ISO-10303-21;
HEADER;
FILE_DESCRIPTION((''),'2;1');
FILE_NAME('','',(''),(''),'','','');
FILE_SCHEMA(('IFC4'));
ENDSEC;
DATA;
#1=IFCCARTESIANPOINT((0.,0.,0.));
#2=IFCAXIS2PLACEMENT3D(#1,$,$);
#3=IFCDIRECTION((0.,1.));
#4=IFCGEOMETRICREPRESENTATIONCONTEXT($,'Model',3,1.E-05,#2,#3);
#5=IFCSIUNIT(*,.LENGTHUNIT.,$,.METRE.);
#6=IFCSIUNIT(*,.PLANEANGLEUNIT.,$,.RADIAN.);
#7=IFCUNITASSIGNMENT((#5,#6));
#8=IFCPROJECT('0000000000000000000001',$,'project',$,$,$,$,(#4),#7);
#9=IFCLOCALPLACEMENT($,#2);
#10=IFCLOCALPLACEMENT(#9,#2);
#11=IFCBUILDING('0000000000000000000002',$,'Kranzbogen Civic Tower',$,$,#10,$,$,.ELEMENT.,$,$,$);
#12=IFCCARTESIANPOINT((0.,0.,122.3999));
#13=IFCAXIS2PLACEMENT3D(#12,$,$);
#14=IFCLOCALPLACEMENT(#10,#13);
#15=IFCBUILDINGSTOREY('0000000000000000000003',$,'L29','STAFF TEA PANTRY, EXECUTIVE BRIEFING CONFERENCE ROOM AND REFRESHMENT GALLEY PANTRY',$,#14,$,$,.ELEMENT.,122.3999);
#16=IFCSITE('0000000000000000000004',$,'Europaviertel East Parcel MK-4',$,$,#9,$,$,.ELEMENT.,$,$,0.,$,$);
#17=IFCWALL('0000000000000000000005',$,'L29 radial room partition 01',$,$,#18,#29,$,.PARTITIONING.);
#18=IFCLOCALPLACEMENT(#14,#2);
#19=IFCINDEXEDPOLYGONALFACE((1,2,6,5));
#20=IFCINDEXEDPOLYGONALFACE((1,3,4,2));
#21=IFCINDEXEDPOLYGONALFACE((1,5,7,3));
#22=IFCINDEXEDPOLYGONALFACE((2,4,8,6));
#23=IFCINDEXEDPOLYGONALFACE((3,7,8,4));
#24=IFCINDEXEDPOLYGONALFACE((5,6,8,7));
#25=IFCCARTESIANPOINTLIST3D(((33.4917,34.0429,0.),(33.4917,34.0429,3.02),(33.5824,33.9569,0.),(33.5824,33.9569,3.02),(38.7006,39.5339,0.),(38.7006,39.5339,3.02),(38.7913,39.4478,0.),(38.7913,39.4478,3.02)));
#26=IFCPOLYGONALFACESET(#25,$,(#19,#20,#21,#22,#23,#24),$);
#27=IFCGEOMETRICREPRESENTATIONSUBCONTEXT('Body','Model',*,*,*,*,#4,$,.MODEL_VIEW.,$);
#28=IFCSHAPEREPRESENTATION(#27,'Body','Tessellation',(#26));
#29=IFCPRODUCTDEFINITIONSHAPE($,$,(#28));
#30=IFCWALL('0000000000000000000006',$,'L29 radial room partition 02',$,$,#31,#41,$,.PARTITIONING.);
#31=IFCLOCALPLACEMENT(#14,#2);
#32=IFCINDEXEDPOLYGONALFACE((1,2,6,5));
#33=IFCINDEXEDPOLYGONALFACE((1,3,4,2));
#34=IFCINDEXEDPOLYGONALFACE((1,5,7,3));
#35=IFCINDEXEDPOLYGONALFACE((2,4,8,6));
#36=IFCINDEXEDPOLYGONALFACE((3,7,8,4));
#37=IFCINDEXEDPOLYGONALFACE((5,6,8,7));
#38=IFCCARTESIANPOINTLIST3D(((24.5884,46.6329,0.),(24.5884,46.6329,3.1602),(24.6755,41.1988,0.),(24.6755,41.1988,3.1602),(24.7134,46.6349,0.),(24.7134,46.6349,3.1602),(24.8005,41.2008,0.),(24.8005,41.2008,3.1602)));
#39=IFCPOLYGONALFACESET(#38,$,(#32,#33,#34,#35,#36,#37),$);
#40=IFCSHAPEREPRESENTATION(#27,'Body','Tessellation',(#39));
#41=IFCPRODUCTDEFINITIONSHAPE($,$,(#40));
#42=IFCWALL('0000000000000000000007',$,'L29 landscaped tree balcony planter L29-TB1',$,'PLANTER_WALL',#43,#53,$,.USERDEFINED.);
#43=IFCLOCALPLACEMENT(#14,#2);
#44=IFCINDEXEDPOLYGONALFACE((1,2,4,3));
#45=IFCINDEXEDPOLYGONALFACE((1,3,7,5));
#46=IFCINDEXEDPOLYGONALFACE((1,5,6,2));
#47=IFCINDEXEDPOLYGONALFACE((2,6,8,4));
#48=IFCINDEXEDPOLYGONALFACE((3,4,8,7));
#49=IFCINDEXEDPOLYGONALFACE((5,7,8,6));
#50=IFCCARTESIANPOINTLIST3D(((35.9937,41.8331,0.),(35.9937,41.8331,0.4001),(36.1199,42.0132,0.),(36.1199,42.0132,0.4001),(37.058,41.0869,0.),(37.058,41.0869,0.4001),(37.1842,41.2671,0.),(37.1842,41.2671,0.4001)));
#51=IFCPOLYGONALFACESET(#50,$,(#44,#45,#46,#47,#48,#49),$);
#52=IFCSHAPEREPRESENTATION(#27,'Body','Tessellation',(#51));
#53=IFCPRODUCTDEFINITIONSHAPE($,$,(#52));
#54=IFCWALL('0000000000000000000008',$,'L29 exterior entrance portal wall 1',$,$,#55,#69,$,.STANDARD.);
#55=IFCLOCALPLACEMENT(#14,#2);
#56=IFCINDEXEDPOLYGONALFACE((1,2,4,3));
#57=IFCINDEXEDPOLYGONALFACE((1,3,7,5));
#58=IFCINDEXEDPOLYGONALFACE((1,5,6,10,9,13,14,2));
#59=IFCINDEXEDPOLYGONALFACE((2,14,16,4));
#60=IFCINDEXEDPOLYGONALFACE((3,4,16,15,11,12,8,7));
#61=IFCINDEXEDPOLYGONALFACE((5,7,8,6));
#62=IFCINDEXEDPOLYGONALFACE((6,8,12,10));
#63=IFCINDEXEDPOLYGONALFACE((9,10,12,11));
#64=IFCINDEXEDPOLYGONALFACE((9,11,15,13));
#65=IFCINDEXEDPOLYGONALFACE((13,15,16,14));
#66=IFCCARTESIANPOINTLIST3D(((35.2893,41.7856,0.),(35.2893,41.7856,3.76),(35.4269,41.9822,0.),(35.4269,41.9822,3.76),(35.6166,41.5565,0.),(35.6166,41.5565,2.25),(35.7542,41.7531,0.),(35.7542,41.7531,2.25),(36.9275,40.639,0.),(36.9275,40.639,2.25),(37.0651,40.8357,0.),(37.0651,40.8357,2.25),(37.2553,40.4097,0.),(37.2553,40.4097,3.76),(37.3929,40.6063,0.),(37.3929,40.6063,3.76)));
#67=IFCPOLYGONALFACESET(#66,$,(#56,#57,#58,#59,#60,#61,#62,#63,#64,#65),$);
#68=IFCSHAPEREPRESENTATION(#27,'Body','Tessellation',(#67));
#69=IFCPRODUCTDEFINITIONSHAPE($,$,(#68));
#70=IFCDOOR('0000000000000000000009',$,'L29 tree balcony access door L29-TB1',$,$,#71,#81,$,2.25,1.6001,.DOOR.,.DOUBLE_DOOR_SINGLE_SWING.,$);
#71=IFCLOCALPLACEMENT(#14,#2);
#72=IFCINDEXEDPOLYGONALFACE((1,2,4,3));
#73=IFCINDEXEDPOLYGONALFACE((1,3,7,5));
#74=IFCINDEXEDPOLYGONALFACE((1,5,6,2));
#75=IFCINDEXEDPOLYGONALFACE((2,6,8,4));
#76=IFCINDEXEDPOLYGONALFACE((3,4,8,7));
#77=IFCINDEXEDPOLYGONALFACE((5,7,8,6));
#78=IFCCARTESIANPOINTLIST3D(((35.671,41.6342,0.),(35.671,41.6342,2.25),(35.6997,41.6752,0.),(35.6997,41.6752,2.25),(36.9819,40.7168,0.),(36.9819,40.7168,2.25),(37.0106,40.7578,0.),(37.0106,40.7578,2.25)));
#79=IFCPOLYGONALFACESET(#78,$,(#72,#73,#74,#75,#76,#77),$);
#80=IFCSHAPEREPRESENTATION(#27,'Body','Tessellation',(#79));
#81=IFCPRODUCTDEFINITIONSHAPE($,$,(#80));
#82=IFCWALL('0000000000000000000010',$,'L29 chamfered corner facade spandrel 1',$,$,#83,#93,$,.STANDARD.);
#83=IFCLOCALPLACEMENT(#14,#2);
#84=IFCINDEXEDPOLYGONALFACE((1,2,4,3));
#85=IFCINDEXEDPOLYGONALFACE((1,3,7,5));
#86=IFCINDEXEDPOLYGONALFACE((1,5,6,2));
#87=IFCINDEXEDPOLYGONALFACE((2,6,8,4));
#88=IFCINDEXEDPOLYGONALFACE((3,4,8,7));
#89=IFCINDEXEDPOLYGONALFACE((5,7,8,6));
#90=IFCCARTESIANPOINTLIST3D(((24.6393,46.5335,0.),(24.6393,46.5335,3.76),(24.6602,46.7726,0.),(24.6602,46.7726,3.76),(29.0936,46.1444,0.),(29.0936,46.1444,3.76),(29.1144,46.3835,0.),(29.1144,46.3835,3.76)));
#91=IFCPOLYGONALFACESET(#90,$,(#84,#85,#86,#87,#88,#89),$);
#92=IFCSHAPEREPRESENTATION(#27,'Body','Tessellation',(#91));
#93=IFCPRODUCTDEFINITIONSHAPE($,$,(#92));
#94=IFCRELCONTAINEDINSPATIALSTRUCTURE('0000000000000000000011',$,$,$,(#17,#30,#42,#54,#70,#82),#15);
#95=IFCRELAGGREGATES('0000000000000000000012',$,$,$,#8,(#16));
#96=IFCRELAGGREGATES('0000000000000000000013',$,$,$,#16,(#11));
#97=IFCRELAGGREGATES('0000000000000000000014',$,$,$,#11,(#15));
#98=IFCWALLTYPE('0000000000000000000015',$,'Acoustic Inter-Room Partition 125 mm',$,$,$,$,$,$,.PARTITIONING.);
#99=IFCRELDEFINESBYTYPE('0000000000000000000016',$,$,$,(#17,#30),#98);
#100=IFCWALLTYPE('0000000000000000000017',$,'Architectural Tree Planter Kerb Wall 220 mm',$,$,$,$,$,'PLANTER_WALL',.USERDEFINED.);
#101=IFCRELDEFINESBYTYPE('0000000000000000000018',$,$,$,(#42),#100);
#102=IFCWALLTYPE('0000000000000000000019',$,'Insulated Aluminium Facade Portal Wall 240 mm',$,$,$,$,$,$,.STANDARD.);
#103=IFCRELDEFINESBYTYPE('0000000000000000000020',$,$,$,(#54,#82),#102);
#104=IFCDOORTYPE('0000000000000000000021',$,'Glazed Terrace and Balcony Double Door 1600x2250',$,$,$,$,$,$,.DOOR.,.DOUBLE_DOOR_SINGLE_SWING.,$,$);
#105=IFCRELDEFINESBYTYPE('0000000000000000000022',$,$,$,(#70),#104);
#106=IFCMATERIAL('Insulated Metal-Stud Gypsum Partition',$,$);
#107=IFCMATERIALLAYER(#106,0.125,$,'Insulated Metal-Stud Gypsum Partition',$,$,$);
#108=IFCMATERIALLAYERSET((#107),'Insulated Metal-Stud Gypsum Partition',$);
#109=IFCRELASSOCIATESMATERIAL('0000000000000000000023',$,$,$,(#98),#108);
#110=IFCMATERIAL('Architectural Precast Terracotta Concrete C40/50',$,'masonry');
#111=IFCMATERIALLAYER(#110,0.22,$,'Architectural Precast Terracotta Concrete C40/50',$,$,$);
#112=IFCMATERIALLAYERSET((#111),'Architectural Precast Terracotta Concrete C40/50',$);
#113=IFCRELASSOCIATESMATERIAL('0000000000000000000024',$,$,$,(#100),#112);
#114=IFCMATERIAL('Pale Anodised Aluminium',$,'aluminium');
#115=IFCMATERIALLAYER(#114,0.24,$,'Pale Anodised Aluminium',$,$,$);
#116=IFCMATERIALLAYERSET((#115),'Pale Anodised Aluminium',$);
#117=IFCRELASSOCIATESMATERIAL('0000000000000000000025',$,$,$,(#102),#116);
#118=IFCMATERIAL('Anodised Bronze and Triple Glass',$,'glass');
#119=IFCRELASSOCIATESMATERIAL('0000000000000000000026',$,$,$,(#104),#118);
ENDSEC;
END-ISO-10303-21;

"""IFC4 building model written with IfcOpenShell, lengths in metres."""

from ifc_helpers import new_model, si_unit, direction, frame, frame_2d, origin, place, context, subcontext, project, spatial, rectangle, extrude, material, layer, layer_set, type_object, element, fill, save


model = new_model("IFC4")

# Units and contexts
model_context = context("Model", 3, precision=1e-05, world=origin(), true_north=direction((0.0, 1.0)))
body_context = subcontext(model_context, "Body", "Model", "MODEL_VIEW")
ifc_project = project(units=[si_unit("LENGTHUNIT", "METRE"), si_unit("PLANEANGLEUNIT", "RADIAN")], contexts=[model_context])

# Site, building, storey
site_placement = place(None, origin())
site = spatial("IfcSite", under=ifc_project, at=site_placement, Name="Europaviertel East Parcel MK-4", CompositionType="ELEMENT", RefElevation=0.0)
building_placement = place(site_placement, origin())
building = spatial("IfcBuilding", under=site, at=building_placement, Name="Kranzbogen Civic Tower", CompositionType="ELEMENT")
storey_placement = place(building_placement, frame((0.0, 0.0, 122.3999)))
storey = spatial("IfcBuildingStorey", under=building, at=storey_placement, Name="L29", Description="STAFF TEA PANTRY, EXECUTIVE BRIEFING CONFERENCE ROOM AND REFRESHMENT GALLEY PANTRY", CompositionType="ELEMENT", Elevation=122.3999)

# Shared definitions
ifc_material_1 = material(Name="Pale Anodised Aluminium", Category="aluminium")

# Walls
ifc_material_2 = material(Name="Insulated Metal-Stud Gypsum Partition")
ifc_layer_1 = layer(ifc_material_2, 0.125, Name="Insulated Metal-Stud Gypsum Partition")
ifc_layer_set_1 = layer_set([ifc_layer_1], Name="Insulated Metal-Stud Gypsum Partition")
wall_type_1 = type_object("IfcWallType", Name="Acoustic Inter-Room Partition 125 mm", PredefinedType="PARTITIONING", material=ifc_layer_set_1)
wall_1_placement = place(storey_placement, frame((33.5371, 34.0, 0.0), z_axis=(0.0, 0.0, 1.0), x_axis=(0.688233, 0.72549, 0.0)))
element("IfcWall", 1, at=wall_1_placement, inside=storey, type_object=wall_type_1, Name="L29 radial room partition 01", PredefinedType="PARTITIONING", context=body_context, shape_type="SweptSolid", body=[
    extrude(rectangle(XDim=7.5686, YDim=0.125, at=frame_2d((3.7842, 0.0))), origin(), (0.0, 0.0, 1.0), 3.02),
])
wall_2_placement = place(storey_placement, frame((24.738, 41.2, 0.0), z_axis=(0.0, 0.0, 1.0), x_axis=(-0.016037, 0.999871, 0.0)))
element("IfcWall", 2, at=wall_2_placement, inside=storey, type_object=wall_type_1, Name="L29 radial room partition 02", PredefinedType="PARTITIONING", context=body_context, shape_type="SweptSolid", body=[
    extrude(rectangle(XDim=5.4348, YDim=0.125, at=frame_2d((2.7173, 0.0))), origin(), (0.0, 0.0, 1.0), 3.1602),
])
ifc_material_3 = material(Name="Architectural Precast Terracotta Concrete C40/50", Category="masonry")
ifc_layer_2 = layer(ifc_material_3, 0.22, Name="Architectural Precast Terracotta Concrete C40/50")
ifc_layer_set_2 = layer_set([ifc_layer_2], Name="Architectural Precast Terracotta Concrete C40/50")
wall_type_2 = type_object("IfcWallType", Name="Architectural Tree Planter Kerb Wall 220 mm", ElementType="PLANTER_WALL", PredefinedType="USERDEFINED", material=ifc_layer_set_2)
wall_3_placement = place(storey_placement, frame((37.1211, 41.177, 0.0), z_axis=(0.0, 0.0, 1.0), x_axis=(-0.818817, 0.574055, 0.0)))
element("IfcWall", 3, at=wall_3_placement, inside=storey, type_object=wall_type_2, Name="L29 landscaped tree balcony planter L29-TB1", ObjectType="PLANTER_WALL", PredefinedType="USERDEFINED", context=body_context, shape_type="SweptSolid", body=[
    extrude(rectangle(XDim=1.2998, YDim=0.22, at=frame_2d((0.6499, 0.0))), origin(), (0.0, 0.0, 1.0), 0.4001),
])

# Wall, opening, door
ifc_layer_3 = layer(ifc_material_1, 0.24, Name="Pale Anodised Aluminium")
ifc_layer_set_3 = layer_set([ifc_layer_3], Name="Pale Anodised Aluminium")
wall_type_3 = type_object("IfcWallType", Name="Insulated Aluminium Facade Portal Wall 240 mm", PredefinedType="STANDARD", material=ifc_layer_set_3)
wall_4_placement = place(storey_placement, frame((37.324, 40.5081, 0.0), z_axis=(0.0, 0.0, 1.0), x_axis=(-0.819284, 0.573387, 0.0)))
wall_4 = element("IfcWall", 4, at=wall_4_placement, inside=storey, type_object=wall_type_3, Name="L29 exterior entrance portal wall 1", PredefinedType="STANDARD", context=body_context, shape_type="SweptSolid", body=[
    extrude(rectangle(XDim=2.3997, YDim=0.24, at=frame_2d((1.1997, 0.0))), origin(), (0.0, 0.0, 1.0), 3.76),
])
opening_1_placement = place(wall_4_placement, frame((0.3999, 0.0, 0.0)))
opening_1 = element("IfcOpeningElement", 5, at=opening_1_placement, cuts=wall_4, PredefinedType="OPENING", context=body_context, shape_type="SweptSolid", body=[
    extrude(rectangle(XDim=1.6001, YDim=2.25, at=frame_2d((0.8, 1.125))), frame((0.0, 0.1299, 0.0), z_axis=(0.0, -1.0, 0.0), x_axis=(1.0, 0.0, 0.0)), (0.0, 0.0, 1.0), 0.26),
])
ifc_material_4 = material(Name="Anodised Bronze and Triple Glass", Category="glass")
door_type_1 = type_object("IfcDoorType", Name="Glazed Terrace and Balcony Double Door 1600x2250", OperationType="DOUBLE_DOOR_SINGLE_SWING", PredefinedType="DOOR", material=ifc_material_4)
door_1_placement = place(opening_1_placement, frame((1.6001, 0.0, 0.0), z_axis=(0.0, 0.0, 1.0), x_axis=(-1.0, 0.0, 0.0)))
door_1 = element("IfcDoor", 6, at=door_1_placement, inside=storey, type_object=door_type_1, Name="L29 tree balcony access door L29-TB1", OperationType="DOUBLE_DOOR_SINGLE_SWING", OverallHeight=2.25, OverallWidth=1.6001, PredefinedType="DOOR", context=body_context, shape_type="SweptSolid", body=[
    extrude(rectangle(XDim=1.6001, YDim=2.25, at=frame_2d((0.8, 1.125))), frame((0.0, 0.0249, 0.0), z_axis=(0.0, -1.0, 0.0), x_axis=(1.0, 0.0, 0.0)), (0.0, 0.0, 1.0), 0.05),
])
fill(opening_1, door_1)

# Wall
wall_5_placement = place(storey_placement, frame((29.104, 46.2639, 0.0), z_axis=(0.0, 0.0, 1.0), x_axis=(-0.996205, 0.08704, 0.0)))
element("IfcWall", 7, at=wall_5_placement, inside=storey, type_object=wall_type_3, Name="L29 chamfered corner facade spandrel 1", PredefinedType="STANDARD", context=body_context, shape_type="SweptSolid", body=[
    extrude(rectangle(XDim=4.4712, YDim=0.24, at=frame_2d((2.2356, 0.0))), origin(), (0.0, 0.0, 1.0), 3.76),
])

save(model, "model.ifc")
